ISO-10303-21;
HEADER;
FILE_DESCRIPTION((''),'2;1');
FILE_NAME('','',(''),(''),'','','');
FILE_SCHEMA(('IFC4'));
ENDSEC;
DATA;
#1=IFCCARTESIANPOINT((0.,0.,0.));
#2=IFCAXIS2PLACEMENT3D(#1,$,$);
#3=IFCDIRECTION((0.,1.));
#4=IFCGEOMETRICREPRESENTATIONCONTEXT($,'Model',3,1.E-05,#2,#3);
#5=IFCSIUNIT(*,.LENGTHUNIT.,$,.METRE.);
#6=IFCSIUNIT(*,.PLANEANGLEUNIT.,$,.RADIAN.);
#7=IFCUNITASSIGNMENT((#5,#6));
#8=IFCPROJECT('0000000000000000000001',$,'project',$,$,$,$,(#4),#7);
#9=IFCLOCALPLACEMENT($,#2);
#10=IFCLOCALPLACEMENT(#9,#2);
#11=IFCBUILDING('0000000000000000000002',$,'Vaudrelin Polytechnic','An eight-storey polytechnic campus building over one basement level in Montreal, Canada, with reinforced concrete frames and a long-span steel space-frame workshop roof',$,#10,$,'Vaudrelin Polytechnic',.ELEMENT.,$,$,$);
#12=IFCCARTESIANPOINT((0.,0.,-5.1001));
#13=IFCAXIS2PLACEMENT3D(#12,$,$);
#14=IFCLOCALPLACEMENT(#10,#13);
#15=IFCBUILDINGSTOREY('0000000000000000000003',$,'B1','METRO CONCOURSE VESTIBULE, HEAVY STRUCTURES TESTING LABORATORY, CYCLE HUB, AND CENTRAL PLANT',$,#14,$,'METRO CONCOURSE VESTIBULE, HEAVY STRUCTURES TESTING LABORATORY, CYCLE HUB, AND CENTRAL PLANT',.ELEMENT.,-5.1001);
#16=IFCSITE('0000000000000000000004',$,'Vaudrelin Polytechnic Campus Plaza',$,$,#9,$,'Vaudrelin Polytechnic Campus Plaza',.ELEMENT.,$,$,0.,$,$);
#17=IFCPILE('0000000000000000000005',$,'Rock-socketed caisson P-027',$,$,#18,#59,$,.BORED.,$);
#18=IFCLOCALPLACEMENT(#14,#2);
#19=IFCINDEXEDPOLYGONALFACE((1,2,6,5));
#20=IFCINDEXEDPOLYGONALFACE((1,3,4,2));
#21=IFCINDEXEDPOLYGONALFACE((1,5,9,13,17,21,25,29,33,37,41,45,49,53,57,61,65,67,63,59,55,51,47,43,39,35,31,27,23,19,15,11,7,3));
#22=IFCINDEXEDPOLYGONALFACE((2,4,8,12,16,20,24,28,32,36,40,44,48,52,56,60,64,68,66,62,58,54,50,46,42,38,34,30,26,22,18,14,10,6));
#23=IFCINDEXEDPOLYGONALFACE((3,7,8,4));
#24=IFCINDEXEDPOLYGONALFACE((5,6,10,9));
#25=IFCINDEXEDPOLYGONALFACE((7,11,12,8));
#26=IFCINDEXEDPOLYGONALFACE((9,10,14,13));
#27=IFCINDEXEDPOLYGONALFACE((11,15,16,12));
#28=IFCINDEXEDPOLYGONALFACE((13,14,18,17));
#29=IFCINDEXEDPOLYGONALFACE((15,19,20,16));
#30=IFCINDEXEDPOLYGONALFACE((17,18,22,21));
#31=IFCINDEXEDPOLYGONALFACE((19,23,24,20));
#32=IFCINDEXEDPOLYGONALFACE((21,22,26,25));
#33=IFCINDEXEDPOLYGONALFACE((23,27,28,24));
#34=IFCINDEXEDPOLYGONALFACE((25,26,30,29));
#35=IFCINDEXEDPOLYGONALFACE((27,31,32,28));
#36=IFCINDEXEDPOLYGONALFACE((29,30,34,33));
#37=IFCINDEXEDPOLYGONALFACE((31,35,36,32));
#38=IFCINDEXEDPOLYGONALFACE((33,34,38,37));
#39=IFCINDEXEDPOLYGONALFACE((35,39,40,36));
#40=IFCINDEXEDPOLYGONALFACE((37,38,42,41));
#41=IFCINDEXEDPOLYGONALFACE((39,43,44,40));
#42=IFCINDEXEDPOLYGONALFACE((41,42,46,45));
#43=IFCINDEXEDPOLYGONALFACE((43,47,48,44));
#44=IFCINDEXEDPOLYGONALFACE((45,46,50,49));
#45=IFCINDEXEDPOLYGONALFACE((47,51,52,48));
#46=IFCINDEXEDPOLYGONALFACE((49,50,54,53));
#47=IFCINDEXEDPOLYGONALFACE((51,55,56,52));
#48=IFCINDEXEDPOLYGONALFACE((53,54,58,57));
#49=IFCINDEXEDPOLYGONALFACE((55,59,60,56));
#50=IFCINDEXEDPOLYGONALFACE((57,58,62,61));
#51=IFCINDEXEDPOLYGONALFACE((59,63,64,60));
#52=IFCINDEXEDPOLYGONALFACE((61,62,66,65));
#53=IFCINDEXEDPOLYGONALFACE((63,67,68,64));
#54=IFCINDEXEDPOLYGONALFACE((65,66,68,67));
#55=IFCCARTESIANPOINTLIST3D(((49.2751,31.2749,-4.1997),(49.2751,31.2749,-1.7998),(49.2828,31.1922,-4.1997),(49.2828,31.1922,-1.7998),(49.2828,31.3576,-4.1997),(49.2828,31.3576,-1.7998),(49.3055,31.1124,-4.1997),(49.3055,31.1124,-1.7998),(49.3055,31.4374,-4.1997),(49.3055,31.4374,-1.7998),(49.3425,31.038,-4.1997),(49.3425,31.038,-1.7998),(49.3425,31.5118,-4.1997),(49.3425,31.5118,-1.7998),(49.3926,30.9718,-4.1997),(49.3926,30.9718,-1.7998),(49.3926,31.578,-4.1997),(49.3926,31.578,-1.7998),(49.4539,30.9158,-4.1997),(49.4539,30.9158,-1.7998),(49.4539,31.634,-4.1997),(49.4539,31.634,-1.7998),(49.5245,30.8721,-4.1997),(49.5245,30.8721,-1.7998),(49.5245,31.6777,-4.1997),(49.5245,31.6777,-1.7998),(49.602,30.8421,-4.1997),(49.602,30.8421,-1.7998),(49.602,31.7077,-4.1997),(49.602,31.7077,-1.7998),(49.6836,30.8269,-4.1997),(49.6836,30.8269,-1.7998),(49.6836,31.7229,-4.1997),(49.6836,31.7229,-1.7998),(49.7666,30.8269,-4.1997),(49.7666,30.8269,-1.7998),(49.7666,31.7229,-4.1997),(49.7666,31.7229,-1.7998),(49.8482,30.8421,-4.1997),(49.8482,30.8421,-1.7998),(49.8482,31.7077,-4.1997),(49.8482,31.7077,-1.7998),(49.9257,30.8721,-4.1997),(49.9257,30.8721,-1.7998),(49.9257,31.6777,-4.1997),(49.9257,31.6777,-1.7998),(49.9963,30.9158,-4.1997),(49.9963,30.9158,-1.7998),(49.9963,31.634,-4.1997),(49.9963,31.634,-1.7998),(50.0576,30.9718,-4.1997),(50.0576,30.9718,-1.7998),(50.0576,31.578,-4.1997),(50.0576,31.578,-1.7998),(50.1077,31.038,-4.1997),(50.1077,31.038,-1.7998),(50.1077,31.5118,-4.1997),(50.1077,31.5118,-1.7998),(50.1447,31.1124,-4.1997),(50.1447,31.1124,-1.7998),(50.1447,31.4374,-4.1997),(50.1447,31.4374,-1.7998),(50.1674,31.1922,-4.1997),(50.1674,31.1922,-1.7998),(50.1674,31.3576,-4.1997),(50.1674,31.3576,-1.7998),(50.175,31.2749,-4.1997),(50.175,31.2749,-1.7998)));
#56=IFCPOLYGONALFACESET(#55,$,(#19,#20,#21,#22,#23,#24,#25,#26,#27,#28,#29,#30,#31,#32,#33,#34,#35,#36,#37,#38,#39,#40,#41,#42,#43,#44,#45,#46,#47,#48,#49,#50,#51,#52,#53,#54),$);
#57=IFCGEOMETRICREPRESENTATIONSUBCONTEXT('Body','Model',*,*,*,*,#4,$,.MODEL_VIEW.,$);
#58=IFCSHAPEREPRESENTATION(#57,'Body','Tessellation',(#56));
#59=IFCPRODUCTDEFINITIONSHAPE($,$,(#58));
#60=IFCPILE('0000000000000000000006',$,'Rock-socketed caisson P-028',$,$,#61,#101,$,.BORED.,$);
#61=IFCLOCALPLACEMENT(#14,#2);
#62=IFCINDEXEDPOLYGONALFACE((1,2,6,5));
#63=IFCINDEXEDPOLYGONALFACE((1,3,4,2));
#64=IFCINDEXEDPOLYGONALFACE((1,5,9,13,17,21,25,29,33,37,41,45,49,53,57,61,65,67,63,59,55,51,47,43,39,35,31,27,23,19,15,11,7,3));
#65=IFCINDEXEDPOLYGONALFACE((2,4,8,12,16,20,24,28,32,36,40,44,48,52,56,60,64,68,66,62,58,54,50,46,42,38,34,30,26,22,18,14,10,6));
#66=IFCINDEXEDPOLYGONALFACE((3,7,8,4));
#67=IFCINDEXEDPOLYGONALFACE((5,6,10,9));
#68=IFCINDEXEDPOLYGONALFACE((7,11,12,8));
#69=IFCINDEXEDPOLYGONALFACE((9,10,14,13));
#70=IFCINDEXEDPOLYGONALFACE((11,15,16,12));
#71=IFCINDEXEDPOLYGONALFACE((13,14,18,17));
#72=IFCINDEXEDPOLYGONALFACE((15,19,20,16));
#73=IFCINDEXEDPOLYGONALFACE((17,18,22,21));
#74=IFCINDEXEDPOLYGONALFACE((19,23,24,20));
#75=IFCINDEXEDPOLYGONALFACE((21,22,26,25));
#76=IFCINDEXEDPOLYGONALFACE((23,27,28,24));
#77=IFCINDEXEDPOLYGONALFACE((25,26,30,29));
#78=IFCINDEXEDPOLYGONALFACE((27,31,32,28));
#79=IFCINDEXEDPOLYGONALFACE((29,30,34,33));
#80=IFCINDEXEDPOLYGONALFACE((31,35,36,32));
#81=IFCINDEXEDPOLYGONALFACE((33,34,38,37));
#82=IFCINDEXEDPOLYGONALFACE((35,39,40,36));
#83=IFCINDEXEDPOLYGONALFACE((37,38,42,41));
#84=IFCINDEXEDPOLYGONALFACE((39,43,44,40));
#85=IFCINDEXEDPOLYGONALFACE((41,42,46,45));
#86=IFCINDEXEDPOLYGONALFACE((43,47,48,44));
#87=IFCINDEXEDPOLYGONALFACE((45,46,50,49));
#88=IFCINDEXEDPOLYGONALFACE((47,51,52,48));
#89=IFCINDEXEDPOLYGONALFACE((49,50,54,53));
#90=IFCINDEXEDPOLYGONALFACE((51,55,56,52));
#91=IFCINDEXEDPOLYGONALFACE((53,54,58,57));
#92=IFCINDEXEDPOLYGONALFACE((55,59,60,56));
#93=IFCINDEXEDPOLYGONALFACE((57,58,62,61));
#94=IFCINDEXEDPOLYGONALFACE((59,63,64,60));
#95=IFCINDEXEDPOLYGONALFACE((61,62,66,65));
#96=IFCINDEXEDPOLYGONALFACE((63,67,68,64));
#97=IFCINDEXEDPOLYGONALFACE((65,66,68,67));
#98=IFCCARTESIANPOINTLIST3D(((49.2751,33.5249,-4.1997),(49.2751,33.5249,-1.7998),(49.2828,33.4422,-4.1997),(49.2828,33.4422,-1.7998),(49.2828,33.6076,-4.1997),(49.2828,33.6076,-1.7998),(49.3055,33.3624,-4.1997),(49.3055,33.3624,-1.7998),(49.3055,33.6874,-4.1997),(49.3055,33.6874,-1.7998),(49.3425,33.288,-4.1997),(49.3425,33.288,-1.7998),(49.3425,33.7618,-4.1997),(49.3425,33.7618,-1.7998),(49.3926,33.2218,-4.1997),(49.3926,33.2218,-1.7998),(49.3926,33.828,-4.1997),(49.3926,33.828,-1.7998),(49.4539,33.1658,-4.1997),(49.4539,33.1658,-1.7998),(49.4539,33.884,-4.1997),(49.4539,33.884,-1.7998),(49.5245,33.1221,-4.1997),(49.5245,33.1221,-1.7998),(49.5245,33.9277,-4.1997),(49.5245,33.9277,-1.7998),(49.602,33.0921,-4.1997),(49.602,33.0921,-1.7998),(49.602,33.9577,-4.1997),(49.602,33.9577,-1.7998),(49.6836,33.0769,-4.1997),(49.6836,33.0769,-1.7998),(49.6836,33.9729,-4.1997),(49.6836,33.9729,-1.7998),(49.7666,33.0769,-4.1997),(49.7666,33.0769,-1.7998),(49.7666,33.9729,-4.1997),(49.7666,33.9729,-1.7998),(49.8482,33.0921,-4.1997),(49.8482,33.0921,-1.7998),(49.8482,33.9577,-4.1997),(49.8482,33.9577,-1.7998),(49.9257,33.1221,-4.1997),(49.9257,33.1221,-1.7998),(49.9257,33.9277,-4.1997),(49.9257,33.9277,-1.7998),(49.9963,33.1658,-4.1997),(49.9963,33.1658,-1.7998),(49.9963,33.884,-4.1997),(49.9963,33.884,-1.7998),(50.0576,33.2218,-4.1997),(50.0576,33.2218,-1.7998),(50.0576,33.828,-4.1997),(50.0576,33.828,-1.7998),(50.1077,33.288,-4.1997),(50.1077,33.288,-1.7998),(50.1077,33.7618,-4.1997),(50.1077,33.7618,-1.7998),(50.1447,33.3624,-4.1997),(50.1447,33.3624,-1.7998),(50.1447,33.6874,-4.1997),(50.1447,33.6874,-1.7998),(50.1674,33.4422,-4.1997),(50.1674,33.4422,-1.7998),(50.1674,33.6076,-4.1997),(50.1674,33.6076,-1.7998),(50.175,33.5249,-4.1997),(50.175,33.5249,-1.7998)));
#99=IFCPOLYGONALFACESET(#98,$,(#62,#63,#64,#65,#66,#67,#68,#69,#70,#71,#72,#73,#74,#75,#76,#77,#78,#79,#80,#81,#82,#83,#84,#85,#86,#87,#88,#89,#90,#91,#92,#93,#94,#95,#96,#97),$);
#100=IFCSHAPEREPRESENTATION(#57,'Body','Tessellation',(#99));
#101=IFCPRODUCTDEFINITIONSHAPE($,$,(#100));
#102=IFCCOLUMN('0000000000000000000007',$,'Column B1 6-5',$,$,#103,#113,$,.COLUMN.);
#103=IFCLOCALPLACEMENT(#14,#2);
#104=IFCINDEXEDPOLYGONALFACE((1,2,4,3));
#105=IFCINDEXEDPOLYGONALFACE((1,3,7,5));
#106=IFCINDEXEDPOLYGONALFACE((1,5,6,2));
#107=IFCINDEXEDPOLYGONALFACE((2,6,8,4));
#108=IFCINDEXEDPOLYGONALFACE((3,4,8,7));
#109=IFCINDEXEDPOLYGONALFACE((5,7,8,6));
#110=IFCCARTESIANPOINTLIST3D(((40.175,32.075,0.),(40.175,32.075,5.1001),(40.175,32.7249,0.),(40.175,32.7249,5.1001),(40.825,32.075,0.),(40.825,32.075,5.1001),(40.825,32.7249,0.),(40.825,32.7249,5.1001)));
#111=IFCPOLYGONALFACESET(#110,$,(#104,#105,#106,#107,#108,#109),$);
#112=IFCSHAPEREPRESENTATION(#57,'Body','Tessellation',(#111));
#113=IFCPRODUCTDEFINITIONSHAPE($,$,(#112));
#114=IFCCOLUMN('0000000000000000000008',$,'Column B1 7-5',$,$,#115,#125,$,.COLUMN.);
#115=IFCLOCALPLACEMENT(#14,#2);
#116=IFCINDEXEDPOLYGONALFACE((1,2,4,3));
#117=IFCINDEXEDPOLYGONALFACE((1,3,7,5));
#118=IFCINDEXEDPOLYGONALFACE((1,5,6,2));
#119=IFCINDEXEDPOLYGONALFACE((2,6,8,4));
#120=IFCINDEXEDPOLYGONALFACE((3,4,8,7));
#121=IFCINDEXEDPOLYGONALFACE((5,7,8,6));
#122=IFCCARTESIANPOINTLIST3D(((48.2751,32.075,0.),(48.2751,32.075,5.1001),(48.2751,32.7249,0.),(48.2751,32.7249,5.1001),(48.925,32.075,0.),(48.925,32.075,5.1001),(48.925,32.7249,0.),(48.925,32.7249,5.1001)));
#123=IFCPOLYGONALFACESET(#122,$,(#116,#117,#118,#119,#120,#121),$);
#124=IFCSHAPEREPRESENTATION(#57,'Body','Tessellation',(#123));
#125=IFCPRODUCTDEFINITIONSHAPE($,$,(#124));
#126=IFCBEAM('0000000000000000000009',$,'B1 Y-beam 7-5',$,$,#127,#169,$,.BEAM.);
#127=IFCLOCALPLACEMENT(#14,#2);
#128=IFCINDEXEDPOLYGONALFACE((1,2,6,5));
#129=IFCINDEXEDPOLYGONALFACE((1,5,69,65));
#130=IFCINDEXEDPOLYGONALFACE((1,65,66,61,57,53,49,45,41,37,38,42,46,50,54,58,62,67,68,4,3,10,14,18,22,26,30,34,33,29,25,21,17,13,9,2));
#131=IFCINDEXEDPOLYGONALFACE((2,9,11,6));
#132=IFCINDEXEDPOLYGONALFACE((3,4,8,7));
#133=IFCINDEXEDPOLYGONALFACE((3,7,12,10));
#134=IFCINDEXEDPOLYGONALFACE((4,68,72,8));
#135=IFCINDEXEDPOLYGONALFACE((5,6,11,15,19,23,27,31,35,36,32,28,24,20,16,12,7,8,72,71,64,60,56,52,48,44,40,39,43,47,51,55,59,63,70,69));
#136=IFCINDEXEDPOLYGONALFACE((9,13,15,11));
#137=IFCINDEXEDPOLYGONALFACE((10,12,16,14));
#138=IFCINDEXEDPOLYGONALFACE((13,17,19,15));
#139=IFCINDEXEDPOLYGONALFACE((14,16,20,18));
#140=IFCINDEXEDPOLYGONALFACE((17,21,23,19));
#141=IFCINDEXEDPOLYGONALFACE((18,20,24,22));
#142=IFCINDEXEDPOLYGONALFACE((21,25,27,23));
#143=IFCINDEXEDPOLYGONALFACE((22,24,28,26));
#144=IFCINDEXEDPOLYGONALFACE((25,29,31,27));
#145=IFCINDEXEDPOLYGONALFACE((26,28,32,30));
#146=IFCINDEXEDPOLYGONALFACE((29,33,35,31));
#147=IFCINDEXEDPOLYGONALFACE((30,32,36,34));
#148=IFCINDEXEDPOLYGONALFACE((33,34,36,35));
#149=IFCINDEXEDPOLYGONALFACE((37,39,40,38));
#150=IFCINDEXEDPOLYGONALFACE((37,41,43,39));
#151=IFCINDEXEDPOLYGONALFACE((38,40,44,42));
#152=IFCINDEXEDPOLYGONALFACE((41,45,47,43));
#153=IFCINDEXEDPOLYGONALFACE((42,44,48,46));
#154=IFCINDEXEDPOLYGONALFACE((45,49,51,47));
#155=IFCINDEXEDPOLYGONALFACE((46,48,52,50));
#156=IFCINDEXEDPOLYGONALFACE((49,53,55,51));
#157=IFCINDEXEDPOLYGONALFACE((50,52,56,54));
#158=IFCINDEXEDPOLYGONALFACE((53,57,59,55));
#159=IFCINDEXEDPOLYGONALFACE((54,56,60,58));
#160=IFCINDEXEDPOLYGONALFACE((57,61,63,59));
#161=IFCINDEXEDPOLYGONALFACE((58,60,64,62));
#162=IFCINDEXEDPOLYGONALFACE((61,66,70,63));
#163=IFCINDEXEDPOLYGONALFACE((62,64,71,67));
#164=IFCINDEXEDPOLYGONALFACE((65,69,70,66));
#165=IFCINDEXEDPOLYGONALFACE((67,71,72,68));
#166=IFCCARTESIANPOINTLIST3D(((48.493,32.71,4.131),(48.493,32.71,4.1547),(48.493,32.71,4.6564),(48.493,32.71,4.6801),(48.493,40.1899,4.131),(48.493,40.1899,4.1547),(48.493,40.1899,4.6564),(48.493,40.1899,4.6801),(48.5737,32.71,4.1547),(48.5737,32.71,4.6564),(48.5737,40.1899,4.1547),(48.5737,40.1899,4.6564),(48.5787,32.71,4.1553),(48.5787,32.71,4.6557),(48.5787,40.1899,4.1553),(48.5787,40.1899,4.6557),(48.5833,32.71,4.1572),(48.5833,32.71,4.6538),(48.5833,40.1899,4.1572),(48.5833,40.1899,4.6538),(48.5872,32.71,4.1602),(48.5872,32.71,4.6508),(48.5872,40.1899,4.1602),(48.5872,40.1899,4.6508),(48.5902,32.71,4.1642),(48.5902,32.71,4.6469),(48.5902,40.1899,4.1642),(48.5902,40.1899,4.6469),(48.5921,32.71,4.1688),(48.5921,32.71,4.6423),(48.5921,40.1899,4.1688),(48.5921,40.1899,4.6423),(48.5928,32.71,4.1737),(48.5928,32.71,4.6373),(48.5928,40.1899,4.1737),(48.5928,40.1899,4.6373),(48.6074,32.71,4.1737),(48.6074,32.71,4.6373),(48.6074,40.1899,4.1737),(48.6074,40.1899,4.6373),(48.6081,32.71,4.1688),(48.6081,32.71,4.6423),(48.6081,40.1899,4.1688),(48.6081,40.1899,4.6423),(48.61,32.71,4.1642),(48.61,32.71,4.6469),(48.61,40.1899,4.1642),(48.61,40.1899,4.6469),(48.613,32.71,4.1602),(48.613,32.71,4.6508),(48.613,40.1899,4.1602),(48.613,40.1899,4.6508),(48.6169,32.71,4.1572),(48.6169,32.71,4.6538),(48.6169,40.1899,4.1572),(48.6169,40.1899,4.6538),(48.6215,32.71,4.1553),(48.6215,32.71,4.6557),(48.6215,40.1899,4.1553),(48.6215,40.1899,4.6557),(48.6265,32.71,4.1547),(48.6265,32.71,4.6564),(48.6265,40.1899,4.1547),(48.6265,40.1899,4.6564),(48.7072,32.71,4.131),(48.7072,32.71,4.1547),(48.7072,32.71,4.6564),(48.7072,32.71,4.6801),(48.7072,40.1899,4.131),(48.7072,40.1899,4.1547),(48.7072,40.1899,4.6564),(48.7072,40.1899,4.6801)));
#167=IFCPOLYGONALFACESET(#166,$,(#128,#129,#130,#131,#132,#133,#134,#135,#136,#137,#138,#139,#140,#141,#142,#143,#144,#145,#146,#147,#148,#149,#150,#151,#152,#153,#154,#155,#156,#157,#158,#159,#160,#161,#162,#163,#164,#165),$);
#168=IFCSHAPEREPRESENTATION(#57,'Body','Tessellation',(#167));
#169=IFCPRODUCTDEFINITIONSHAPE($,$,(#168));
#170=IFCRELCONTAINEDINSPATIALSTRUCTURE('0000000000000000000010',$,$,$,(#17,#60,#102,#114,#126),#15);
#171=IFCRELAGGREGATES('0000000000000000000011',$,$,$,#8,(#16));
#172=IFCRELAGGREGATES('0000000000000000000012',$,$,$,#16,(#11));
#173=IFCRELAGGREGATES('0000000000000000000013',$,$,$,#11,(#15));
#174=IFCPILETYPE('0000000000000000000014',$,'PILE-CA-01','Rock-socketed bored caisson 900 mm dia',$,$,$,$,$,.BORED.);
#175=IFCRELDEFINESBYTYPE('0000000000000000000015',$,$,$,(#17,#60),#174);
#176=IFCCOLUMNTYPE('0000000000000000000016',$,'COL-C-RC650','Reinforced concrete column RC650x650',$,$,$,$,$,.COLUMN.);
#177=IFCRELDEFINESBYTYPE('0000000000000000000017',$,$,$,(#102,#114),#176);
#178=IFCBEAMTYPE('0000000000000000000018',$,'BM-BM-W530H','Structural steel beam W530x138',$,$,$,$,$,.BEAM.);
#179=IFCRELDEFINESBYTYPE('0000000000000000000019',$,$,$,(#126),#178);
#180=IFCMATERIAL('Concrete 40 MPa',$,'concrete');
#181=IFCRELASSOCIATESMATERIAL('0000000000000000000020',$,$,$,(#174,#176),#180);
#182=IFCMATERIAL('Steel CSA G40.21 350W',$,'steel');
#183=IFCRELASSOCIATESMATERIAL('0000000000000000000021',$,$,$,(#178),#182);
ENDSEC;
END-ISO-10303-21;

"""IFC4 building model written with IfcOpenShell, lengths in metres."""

from ifc_helpers import new_model, si_unit, direction, frame, origin, origin_2d, place, context, subcontext, project, spatial, rectangle, circle, i_section, extrude, material, material_profile, profile_set, type_object, element, save


model = new_model("IFC4")

# Units and contexts
model_context = context("Model", 3, precision=1e-05, world=origin(), true_north=direction((0.0, 1.0)))
body_context = subcontext(model_context, "Body", "Model", "MODEL_VIEW")
ifc_project = project(units=[si_unit("LENGTHUNIT", "METRE"), si_unit("PLANEANGLEUNIT", "RADIAN")], contexts=[model_context])

# Site, building, storey
site_placement = place(None, origin())
site = spatial("IfcSite", under=ifc_project, at=site_placement, Name="Vaudrelin Polytechnic Campus Plaza", LongName="Vaudrelin Polytechnic Campus Plaza", CompositionType="ELEMENT", RefElevation=0.0)
building_placement = place(site_placement, origin())
building = spatial("IfcBuilding", under=site, at=building_placement, Name="Vaudrelin Polytechnic", Description="An eight-storey polytechnic campus building over one basement level in Montreal, Canada, with reinforced concrete frames and a long-span steel space-frame workshop roof", LongName="Vaudrelin Polytechnic", CompositionType="ELEMENT")
storey_placement = place(building_placement, frame((0.0, 0.0, -5.1001)))
storey = spatial("IfcBuildingStorey", under=building, at=storey_placement, Name="B1", Description="METRO CONCOURSE VESTIBULE, HEAVY STRUCTURES TESTING LABORATORY, CYCLE HUB, AND CENTRAL PLANT", LongName="METRO CONCOURSE VESTIBULE, HEAVY STRUCTURES TESTING LABORATORY, CYCLE HUB, AND CENTRAL PLANT", CompositionType="ELEMENT", Elevation=-5.1001)

# Shared definitions
ifc_material_1 = material(Name="Concrete 40 MPa", Category="concrete")

# Piles
ifc_material_profile_1 = material_profile(ifc_material_1, circle(Radius=0.45, at=origin_2d()), Name="CAISSON900")
ifc_profile_set_1 = profile_set([ifc_material_profile_1], Name="Concrete 40 MPa")
pile_type = type_object("IfcPileType", Name="PILE-CA-01", Description="Rock-socketed bored caisson 900 mm dia", PredefinedType="BORED", material=ifc_profile_set_1)
for number, where, z_axis, x_axis, name in (
    (1, (49.7251, 31.2749, -1.7998), (0.0, 0.0, -1.0), (1.0, 0.0, 0.0), "Rock-socketed caisson P-027"),
    (2, (49.7251, 33.5249, -1.7998), (0.0, 0.0, -1.0), (1.0, 0.0, 0.0), "Rock-socketed caisson P-028"),
):
    element("IfcPile", number, at=place(storey_placement, frame(where, z_axis=z_axis, x_axis=x_axis)), inside=storey, type_object=pile_type, Name=name, PredefinedType="BORED", context=body_context, shape_type="SweptSolid", body=[
        extrude(circle(Radius=0.45, at=origin_2d()), origin(), (0.0, 0.0, 1.0), 2.3999),
    ])

# Columns
ifc_material_profile_2 = material_profile(ifc_material_1, rectangle(XDim=0.6499, YDim=0.6499, at=origin_2d()), Name="RC650x650")
ifc_profile_set_2 = profile_set([ifc_material_profile_2], Name="Concrete 40 MPa")
column_type = type_object("IfcColumnType", Name="COL-C-RC650", Description="Reinforced concrete column RC650x650", PredefinedType="COLUMN", material=ifc_profile_set_2)
for number, where, z_axis, x_axis, name in (
    (3, (40.5, 32.3999, 0.0), (0.0, 0.0, 1.0), (1.0, 0.0, 0.0), "Column B1 6-5"),
    (4, (48.6001, 32.3999, 0.0), (0.0, 0.0, 1.0), (1.0, 0.0, 0.0), "Column B1 7-5"),
):
    element("IfcColumn", number, at=place(storey_placement, frame(where, z_axis=z_axis, x_axis=x_axis)), inside=storey, type_object=column_type, Name=name, PredefinedType="COLUMN", context=body_context, shape_type="SweptSolid", body=[
        extrude(rectangle(XDim=0.6499, YDim=0.6499, at=origin_2d()), origin(), (0.0, 0.0, 1.0), 5.1001),
    ])

# Beam
ifc_material_2 = material(Name="Steel CSA G40.21 350W", Category="steel")
ifc_material_profile_3 = material_profile(ifc_material_2, i_section(OverallWidth=0.2141, OverallDepth=0.5491, WebThickness=0.0146, FlangeThickness=0.0237, FilletRadius=0.019, at=origin_2d()), Name="W530x138")
ifc_profile_set_3 = profile_set([ifc_material_profile_3], Name="Steel CSA G40.21 350W")
beam_type_1 = type_object("IfcBeamType", Name="BM-BM-W530H", Description="Structural steel beam W530x138", PredefinedType="BEAM", material=ifc_profile_set_3)
for number, where, z_axis, x_axis, name in (
    (5, (48.6001, 32.71, 4.4055), (0.0, 1.0, 0.0), (-1.0, 0.0, 0.0), "B1 Y-beam 7-5"),
):
    element("IfcBeam", number, at=place(storey_placement, frame(where, z_axis=z_axis, x_axis=x_axis)), inside=storey, type_object=beam_type_1, Name=name, PredefinedType="BEAM", context=body_context, shape_type="SweptSolid", body=[
        extrude(i_section(OverallWidth=0.2141, OverallDepth=0.5491, WebThickness=0.0146, FlangeThickness=0.0237, FilletRadius=0.019, at=origin_2d()), origin(), (0.0, 0.0, 1.0), 7.48),
    ])

save(model, "model.ifc")
